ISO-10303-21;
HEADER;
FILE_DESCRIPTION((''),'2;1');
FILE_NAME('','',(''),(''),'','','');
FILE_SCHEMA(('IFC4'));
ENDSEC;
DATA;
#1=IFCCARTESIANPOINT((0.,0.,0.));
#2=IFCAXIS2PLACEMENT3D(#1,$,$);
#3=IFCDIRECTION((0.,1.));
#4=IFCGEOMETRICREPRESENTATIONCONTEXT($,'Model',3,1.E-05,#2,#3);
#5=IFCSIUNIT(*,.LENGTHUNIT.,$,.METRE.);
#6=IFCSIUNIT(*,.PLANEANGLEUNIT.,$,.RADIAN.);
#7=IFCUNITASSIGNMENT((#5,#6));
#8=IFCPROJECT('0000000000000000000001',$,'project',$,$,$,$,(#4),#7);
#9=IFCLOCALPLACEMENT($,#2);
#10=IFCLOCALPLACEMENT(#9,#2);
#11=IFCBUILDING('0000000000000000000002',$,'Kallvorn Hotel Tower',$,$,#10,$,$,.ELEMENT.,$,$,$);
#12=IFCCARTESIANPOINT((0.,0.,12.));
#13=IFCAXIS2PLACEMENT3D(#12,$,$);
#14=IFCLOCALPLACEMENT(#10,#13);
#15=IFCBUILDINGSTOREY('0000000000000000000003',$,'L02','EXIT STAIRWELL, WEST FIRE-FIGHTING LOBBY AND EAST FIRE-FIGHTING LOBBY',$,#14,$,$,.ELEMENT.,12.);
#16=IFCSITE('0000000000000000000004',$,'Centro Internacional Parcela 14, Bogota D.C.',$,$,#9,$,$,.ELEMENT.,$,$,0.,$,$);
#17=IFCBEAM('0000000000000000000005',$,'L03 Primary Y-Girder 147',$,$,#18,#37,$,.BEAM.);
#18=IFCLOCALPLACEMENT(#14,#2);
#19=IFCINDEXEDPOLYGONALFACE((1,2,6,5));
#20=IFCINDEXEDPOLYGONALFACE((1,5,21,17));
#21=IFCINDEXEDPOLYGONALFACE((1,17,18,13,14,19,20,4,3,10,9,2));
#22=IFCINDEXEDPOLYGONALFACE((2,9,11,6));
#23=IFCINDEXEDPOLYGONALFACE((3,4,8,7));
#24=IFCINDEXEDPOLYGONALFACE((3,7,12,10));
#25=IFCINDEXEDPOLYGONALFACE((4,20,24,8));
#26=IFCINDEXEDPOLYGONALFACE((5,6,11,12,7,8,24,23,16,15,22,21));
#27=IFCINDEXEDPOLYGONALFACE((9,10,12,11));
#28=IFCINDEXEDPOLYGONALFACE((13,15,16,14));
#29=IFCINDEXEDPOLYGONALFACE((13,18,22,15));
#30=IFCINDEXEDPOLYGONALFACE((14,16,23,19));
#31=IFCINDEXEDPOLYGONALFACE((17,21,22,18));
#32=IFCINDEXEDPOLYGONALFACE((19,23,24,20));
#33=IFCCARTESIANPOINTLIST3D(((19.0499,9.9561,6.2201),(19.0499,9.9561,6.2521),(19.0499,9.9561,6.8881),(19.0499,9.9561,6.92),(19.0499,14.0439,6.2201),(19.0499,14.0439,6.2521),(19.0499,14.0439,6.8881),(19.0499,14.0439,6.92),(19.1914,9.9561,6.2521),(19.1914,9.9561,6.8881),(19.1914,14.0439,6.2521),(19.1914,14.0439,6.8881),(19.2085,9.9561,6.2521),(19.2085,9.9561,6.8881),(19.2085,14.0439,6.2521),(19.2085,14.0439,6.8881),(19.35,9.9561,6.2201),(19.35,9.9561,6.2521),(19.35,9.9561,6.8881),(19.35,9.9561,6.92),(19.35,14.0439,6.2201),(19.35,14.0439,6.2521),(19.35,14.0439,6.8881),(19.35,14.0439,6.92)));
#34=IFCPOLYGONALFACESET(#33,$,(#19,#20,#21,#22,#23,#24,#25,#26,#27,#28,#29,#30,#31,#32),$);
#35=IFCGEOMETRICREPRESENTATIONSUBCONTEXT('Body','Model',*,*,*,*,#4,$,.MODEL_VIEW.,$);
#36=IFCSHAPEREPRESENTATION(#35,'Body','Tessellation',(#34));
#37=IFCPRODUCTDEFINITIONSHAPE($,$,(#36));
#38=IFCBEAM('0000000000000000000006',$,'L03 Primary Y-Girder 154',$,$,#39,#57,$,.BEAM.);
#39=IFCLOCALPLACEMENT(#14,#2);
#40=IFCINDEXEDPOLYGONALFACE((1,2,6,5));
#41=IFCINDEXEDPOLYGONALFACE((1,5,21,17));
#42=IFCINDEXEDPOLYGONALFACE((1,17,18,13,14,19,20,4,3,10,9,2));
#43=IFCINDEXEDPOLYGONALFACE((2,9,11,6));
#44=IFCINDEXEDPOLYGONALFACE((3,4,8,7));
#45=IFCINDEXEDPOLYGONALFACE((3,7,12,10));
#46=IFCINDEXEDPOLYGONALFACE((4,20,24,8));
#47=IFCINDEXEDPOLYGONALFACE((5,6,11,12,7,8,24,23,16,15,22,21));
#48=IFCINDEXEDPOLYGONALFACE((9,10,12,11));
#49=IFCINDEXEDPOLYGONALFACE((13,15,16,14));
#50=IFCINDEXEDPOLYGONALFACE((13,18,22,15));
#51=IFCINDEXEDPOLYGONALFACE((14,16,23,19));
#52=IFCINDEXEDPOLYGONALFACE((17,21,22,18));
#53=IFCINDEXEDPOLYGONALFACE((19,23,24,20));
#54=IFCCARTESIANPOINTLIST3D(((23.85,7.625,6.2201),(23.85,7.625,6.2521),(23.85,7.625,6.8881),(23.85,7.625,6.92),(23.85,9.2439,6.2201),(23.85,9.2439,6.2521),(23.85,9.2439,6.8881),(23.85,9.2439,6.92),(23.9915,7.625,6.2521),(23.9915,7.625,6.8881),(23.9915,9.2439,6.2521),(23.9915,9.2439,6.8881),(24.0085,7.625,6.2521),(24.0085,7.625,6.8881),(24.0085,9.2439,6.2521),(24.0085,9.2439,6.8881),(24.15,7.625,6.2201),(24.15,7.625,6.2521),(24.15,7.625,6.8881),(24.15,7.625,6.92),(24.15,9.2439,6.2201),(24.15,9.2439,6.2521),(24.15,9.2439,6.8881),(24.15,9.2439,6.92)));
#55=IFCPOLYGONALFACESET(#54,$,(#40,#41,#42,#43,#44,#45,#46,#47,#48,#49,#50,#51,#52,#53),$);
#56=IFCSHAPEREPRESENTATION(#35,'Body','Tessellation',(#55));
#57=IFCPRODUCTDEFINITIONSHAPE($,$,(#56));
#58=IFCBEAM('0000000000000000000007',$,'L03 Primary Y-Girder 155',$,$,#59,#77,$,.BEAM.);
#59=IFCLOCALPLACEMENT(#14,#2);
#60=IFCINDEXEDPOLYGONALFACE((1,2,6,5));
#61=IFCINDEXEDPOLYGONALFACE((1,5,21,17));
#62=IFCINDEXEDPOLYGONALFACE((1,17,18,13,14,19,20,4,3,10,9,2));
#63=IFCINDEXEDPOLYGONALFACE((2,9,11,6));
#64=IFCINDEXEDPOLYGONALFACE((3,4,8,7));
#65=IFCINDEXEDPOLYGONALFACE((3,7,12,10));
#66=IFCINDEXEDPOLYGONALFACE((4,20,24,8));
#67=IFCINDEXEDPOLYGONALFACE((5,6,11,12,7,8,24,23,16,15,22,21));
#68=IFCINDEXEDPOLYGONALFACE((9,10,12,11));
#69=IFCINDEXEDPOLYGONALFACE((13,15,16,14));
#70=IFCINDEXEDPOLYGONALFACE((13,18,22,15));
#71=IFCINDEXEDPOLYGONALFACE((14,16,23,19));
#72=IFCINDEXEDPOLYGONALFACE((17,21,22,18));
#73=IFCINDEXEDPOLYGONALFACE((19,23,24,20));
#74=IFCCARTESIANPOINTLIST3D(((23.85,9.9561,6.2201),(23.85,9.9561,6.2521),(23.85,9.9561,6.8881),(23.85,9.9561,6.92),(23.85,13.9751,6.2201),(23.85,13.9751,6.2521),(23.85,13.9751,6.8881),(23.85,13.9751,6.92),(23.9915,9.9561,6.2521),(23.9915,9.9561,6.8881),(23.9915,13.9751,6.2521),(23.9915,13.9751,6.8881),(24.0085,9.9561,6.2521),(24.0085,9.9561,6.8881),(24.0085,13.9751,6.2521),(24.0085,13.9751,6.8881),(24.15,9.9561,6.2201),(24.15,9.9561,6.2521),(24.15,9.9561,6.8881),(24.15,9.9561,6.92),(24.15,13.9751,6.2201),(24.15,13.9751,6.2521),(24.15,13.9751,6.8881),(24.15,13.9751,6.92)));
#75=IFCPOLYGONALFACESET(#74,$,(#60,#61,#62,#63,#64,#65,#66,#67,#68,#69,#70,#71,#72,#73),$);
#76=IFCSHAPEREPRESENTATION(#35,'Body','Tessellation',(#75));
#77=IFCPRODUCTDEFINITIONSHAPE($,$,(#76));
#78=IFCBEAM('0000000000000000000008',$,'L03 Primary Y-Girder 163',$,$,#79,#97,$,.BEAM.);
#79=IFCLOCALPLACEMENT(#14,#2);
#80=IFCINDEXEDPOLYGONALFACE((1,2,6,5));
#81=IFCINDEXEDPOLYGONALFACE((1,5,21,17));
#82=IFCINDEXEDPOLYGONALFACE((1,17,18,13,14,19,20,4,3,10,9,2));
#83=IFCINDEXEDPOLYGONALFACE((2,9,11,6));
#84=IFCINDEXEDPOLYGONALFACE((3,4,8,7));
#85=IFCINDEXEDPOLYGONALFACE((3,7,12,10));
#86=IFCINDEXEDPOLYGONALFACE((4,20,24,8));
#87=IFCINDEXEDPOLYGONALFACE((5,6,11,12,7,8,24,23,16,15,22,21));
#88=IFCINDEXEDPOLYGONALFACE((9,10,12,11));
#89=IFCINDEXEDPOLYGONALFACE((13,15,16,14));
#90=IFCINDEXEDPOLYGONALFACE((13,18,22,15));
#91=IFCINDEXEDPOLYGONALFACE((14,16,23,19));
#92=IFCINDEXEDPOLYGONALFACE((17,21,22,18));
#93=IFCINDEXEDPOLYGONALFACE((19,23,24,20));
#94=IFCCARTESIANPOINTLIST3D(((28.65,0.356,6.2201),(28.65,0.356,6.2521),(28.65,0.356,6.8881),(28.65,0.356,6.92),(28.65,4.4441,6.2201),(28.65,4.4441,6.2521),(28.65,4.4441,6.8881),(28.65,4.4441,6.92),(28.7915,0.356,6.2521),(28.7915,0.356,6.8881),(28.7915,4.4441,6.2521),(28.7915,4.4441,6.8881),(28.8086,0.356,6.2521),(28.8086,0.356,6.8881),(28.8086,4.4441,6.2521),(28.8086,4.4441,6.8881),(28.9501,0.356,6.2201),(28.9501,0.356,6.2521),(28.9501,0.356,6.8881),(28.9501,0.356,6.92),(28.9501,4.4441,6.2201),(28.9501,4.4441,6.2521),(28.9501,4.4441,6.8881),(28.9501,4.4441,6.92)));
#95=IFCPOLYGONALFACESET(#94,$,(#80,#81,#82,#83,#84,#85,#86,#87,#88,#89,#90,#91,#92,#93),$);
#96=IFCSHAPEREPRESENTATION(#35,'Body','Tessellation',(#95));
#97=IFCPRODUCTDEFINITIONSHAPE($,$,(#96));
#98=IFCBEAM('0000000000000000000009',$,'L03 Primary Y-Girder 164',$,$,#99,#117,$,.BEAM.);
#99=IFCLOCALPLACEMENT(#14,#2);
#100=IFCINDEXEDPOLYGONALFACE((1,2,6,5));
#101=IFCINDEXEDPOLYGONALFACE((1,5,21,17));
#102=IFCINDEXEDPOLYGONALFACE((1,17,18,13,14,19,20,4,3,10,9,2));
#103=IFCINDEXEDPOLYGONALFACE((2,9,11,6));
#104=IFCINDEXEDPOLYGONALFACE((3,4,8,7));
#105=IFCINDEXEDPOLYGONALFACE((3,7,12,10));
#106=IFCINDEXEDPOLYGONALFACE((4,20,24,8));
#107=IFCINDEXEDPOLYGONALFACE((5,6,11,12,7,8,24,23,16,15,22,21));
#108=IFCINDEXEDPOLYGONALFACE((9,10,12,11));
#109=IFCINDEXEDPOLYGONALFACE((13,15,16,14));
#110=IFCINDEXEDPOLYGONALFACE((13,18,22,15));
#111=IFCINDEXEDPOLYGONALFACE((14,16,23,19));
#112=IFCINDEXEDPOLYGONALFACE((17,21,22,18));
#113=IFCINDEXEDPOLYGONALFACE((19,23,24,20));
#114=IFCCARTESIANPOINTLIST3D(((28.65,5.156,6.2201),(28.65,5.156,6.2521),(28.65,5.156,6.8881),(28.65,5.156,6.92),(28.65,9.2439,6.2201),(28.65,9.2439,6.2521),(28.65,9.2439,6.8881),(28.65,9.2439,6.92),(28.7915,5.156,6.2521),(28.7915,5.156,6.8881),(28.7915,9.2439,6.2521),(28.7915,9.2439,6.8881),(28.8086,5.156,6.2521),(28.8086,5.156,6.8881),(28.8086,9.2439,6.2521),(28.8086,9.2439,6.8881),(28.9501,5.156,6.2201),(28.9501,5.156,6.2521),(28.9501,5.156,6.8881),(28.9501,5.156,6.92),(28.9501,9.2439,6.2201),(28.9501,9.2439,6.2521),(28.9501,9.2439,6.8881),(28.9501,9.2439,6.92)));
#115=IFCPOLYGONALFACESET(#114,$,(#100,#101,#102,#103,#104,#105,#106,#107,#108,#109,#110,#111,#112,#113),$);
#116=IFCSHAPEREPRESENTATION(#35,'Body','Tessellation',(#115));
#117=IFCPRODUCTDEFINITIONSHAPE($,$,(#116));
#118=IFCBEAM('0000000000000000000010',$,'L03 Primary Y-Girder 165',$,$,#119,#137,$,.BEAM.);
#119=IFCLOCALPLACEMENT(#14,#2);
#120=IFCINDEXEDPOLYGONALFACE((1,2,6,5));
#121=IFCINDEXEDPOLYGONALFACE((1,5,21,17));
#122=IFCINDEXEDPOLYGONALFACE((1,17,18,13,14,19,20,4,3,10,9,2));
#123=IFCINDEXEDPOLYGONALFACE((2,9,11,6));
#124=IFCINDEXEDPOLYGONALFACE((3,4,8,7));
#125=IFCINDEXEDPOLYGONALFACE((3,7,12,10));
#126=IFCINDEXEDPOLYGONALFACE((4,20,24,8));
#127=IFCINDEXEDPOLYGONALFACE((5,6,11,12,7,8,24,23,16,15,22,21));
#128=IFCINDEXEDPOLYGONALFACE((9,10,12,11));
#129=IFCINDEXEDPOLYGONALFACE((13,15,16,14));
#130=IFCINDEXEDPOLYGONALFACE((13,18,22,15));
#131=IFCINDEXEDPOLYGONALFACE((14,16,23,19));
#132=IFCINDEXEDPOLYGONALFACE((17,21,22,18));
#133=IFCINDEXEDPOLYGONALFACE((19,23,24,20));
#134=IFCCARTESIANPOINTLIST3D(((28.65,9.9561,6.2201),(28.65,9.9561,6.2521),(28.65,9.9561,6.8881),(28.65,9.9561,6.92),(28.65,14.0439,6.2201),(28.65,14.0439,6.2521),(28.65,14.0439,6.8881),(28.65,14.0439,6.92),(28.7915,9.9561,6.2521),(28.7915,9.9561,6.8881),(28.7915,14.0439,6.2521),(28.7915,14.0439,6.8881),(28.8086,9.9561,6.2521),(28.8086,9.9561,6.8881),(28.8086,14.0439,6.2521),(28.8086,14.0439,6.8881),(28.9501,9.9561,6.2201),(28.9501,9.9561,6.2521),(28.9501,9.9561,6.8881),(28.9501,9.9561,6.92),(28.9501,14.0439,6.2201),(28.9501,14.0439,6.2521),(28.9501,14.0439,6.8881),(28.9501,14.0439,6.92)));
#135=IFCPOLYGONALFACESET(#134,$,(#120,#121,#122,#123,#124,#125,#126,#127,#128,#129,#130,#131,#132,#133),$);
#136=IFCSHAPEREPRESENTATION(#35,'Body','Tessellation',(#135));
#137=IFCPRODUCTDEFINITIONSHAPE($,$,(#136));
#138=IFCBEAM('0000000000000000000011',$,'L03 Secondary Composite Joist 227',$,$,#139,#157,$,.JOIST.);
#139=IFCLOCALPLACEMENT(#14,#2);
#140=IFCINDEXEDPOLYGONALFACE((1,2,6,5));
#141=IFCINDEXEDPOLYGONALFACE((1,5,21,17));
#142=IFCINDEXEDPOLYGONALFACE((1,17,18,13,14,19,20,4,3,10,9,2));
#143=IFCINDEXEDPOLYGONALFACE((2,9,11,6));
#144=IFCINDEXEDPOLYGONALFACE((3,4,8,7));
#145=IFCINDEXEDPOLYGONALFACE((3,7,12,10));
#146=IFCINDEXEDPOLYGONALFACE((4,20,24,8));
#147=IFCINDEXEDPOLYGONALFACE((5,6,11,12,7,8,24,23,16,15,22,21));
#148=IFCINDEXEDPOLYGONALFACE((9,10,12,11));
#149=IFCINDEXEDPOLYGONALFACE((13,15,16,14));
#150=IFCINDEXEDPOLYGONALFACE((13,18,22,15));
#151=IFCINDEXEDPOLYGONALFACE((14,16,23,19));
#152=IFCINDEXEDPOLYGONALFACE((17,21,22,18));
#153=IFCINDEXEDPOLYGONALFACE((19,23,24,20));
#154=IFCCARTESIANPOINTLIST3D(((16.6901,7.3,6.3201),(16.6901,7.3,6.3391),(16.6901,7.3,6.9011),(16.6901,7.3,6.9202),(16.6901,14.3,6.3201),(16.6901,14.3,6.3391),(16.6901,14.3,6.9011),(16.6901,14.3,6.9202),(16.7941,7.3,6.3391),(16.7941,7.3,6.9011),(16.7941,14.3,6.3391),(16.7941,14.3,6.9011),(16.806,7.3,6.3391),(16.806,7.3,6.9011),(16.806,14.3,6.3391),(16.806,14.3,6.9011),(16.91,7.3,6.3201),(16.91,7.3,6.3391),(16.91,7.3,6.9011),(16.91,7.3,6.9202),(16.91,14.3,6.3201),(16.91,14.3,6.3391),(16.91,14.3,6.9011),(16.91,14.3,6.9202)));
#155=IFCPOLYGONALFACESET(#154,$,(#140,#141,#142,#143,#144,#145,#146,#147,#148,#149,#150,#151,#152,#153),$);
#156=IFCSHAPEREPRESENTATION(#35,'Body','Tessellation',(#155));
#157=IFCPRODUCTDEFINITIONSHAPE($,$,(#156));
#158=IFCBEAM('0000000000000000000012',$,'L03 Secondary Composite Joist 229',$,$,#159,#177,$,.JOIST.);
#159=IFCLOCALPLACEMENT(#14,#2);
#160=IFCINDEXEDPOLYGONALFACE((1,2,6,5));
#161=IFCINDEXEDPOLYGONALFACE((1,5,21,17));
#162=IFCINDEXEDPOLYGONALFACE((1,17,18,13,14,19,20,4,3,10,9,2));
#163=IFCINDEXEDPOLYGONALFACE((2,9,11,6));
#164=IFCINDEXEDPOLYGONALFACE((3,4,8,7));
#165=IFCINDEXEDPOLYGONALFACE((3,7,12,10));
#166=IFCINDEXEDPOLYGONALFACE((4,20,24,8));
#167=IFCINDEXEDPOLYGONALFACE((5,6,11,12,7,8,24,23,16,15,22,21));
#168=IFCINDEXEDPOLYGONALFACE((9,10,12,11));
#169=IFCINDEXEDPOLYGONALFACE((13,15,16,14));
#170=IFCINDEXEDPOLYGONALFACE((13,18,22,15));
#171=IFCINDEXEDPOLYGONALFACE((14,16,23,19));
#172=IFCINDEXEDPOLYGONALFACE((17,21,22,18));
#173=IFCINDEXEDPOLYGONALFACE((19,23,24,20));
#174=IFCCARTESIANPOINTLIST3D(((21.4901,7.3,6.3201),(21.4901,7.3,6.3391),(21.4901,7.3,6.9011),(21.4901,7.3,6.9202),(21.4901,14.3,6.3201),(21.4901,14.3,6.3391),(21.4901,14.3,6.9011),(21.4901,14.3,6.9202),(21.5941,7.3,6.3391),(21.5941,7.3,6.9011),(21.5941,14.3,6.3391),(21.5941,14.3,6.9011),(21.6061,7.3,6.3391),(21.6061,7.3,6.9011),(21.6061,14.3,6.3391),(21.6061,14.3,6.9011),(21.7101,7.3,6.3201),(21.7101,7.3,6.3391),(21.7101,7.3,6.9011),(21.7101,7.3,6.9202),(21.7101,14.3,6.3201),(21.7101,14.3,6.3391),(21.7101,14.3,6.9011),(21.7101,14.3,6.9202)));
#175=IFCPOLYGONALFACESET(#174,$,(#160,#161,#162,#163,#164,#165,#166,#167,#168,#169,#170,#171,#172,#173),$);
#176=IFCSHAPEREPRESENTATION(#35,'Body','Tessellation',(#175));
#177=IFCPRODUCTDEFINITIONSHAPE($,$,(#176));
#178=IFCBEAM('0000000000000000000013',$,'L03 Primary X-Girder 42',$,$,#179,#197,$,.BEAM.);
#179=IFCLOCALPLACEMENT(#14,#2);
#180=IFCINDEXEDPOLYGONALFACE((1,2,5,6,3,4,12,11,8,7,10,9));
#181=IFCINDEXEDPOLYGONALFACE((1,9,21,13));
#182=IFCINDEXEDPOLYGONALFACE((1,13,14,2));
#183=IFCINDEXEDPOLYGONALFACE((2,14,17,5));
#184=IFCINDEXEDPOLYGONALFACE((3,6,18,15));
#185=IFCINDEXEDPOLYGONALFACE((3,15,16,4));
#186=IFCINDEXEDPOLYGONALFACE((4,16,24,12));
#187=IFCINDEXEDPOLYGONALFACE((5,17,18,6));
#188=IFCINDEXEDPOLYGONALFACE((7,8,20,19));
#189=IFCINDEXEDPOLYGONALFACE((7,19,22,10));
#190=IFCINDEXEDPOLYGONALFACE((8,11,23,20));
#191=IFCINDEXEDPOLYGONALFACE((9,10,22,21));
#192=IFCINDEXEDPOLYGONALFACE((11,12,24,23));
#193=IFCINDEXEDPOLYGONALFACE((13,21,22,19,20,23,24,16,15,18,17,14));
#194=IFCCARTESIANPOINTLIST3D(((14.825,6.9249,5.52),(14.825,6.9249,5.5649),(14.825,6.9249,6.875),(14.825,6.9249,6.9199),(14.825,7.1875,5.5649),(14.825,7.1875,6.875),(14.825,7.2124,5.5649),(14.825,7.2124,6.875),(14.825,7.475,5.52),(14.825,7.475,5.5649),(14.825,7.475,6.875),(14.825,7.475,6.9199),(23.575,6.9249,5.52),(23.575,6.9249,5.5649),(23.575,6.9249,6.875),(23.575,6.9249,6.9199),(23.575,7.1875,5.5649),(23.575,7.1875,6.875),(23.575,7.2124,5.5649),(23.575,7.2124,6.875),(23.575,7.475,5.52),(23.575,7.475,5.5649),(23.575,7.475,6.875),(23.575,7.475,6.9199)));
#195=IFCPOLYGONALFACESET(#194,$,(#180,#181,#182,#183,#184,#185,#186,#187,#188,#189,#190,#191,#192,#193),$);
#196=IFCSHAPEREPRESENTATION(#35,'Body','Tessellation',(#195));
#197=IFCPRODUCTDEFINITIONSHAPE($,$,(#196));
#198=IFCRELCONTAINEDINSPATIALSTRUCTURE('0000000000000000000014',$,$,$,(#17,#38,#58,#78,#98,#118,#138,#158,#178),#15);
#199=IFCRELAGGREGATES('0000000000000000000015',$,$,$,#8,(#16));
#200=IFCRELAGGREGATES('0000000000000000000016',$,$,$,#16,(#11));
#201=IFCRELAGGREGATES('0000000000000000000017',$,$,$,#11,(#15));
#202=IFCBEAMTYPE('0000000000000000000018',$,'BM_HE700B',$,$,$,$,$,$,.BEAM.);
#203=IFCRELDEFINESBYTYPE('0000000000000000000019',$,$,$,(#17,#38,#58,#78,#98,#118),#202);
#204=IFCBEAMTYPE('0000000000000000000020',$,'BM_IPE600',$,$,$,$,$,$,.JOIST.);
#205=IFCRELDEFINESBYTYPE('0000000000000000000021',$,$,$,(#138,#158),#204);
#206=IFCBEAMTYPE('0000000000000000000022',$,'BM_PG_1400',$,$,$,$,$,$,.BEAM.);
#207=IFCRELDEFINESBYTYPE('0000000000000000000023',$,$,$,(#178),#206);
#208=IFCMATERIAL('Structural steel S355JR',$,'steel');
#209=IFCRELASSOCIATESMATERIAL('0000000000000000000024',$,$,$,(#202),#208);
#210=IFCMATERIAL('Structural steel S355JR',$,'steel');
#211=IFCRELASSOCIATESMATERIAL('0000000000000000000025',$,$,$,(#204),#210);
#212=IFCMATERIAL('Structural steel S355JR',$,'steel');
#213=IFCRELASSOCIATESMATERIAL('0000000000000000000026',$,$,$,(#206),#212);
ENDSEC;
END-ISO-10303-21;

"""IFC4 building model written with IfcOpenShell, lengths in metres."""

from ifc_helpers import new_model, si_unit, direction, frame, origin, origin_2d, place, context, subcontext, project, spatial, i_section, extrude, material, material_profile, profile_set, type_object, element, save


model = new_model("IFC4")

# Units and contexts
model_context = context("Model", 3, precision=1e-05, world=origin(), true_north=direction((0.0, 1.0)))
body_context = subcontext(model_context, "Body", "Model", "MODEL_VIEW")
ifc_project = project(units=[si_unit("LENGTHUNIT", "METRE"), si_unit("PLANEANGLEUNIT", "RADIAN")], contexts=[model_context])

# Site, building, storey
site_placement = place(None, origin())
site = spatial("IfcSite", under=ifc_project, at=site_placement, Name="Centro Internacional Parcela 14, Bogota D.C.", CompositionType="ELEMENT", RefElevation=0.0)
building_placement = place(site_placement, origin())
building = spatial("IfcBuilding", under=site, at=building_placement, Name="Kallvorn Hotel Tower", CompositionType="ELEMENT")
storey_placement = place(building_placement, frame((0.0, 0.0, 12.0)))
storey = spatial("IfcBuildingStorey", under=building, at=storey_placement, Name="L02", Description="EXIT STAIRWELL, WEST FIRE-FIGHTING LOBBY AND EAST FIRE-FIGHTING LOBBY", CompositionType="ELEMENT", Elevation=12.0)

# Beams
ifc_material_1 = material(Name="Structural steel S355JR", Category="steel")
ifc_material_profile_1 = material_profile(ifc_material_1, i_section(OverallWidth=0.3, OverallDepth=0.7, WebThickness=0.0171, FlangeThickness=0.032, at=origin_2d()), Name="HE 700 B")
ifc_profile_set_1 = profile_set([ifc_material_profile_1], Name="Structural steel S355JR")
beam_type_1 = type_object("IfcBeamType", Name="BM_HE700B", PredefinedType="BEAM", material=ifc_profile_set_1)
beam_1_placement = place(storey_placement, frame((19.2, 9.9561, 6.5701), z_axis=(0.0, 1.0, 0.0), x_axis=(-1.0, 0.0, 0.0)))
element("IfcBeam", 1, at=beam_1_placement, inside=storey, type_object=beam_type_1, Name="L03 Primary Y-Girder 147", PredefinedType="BEAM", context=body_context, shape_type="SweptSolid", body=[
    extrude(i_section(OverallWidth=0.3, OverallDepth=0.7, WebThickness=0.0171, FlangeThickness=0.032, at=origin_2d()), origin(), (0.0, 0.0, 1.0), 4.0879),
])
beam_2_placement = place(storey_placement, frame((24.0, 7.625, 6.5701), z_axis=(0.0, 1.0, 0.0), x_axis=(-1.0, 0.0, 0.0)))
element("IfcBeam", 2, at=beam_2_placement, inside=storey, type_object=beam_type_1, Name="L03 Primary Y-Girder 154", PredefinedType="BEAM", context=body_context, shape_type="SweptSolid", body=[
    extrude(i_section(OverallWidth=0.3, OverallDepth=0.7, WebThickness=0.0171, FlangeThickness=0.032, at=origin_2d()), origin(), (0.0, 0.0, 1.0), 1.6189),
])
beam_3_placement = place(storey_placement, frame((24.0, 9.9561, 6.5701), z_axis=(0.0, 1.0, 0.0), x_axis=(-1.0, 0.0, 0.0)))
element("IfcBeam", 3, at=beam_3_placement, inside=storey, type_object=beam_type_1, Name="L03 Primary Y-Girder 155", PredefinedType="BEAM", context=body_context, shape_type="SweptSolid", body=[
    extrude(i_section(OverallWidth=0.3, OverallDepth=0.7, WebThickness=0.0171, FlangeThickness=0.032, at=origin_2d()), origin(), (0.0, 0.0, 1.0), 4.019),
])
beam_4_placement = place(storey_placement, frame((28.8, 0.356, 6.5701), z_axis=(0.0, 1.0, 0.0), x_axis=(-1.0, 0.0, 0.0)))
element("IfcBeam", 4, at=beam_4_placement, inside=storey, type_object=beam_type_1, Name="L03 Primary Y-Girder 163", PredefinedType="BEAM", context=body_context, shape_type="SweptSolid", body=[
    extrude(i_section(OverallWidth=0.3, OverallDepth=0.7, WebThickness=0.0171, FlangeThickness=0.032, at=origin_2d()), origin(), (0.0, 0.0, 1.0), 4.0881),
])
for number, where, z_axis, x_axis, name in (
    (5, (28.8, 5.156, 6.5701), (0.0, 1.0, 0.0), (-1.0, 0.0, 0.0), "L03 Primary Y-Girder 164"),
    (6, (28.8, 9.9561, 6.5701), (0.0, 1.0, 0.0), (-1.0, 0.0, 0.0), "L03 Primary Y-Girder 165"),
):
    element("IfcBeam", number, at=place(storey_placement, frame(where, z_axis=z_axis, x_axis=x_axis)), inside=storey, type_object=beam_type_1, Name=name, PredefinedType="BEAM", context=body_context, shape_type="SweptSolid", body=[
        extrude(i_section(OverallWidth=0.3, OverallDepth=0.7, WebThickness=0.0171, FlangeThickness=0.032, at=origin_2d()), origin(), (0.0, 0.0, 1.0), 4.0879),
    ])
ifc_material_2 = material(Name="Structural steel S355JR", Category="steel")
ifc_material_profile_2 = material_profile(ifc_material_2, i_section(OverallWidth=0.22, OverallDepth=0.6001, WebThickness=0.012, FlangeThickness=0.019, at=origin_2d()), Name="IPE 600")
ifc_profile_set_2 = profile_set([ifc_material_profile_2], Name="Structural steel S355JR")
beam_type_2 = type_object("IfcBeamType", Name="BM_IPE600", PredefinedType="JOIST", material=ifc_profile_set_2)
for number, where, z_axis, x_axis, name in (
    (7, (16.8, 7.3, 6.6201), (0.0, 1.0, 0.0), (-1.0, 0.0, 0.0), "L03 Secondary Composite Joist 227"),
    (8, (21.6001, 7.3, 6.6201), (0.0, 1.0, 0.0), (-1.0, 0.0, 0.0), "L03 Secondary Composite Joist 229"),
):
    element("IfcBeam", number, at=place(storey_placement, frame(where, z_axis=z_axis, x_axis=x_axis)), inside=storey, type_object=beam_type_2, Name=name, PredefinedType="JOIST", context=body_context, shape_type="SweptSolid", body=[
        extrude(i_section(OverallWidth=0.22, OverallDepth=0.6001, WebThickness=0.012, FlangeThickness=0.019, at=origin_2d()), origin(), (0.0, 0.0, 1.0), 7.0),
    ])
ifc_material_3 = material(Name="Structural steel S355JR", Category="steel")
ifc_material_profile_3 = material_profile(ifc_material_3, i_section(OverallWidth=0.55, OverallDepth=1.3999, WebThickness=0.0249, FlangeThickness=0.0449, at=origin_2d()), Name="PG 1400x550x25x45")
ifc_profile_set_3 = profile_set([ifc_material_profile_3], Name="Structural steel S355JR")
beam_type_3 = type_object("IfcBeamType", Name="BM_PG_1400", PredefinedType="BEAM", material=ifc_profile_set_3)
beam_5_placement = place(storey_placement, frame((14.825, 7.2, 6.22), z_axis=(1.0, 0.0, 0.0), x_axis=(0.0, 1.0, 0.0)))
element("IfcBeam", 9, at=beam_5_placement, inside=storey, type_object=beam_type_3, Name="L03 Primary X-Girder 42", PredefinedType="BEAM", context=body_context, shape_type="SweptSolid", body=[
    extrude(i_section(OverallWidth=0.55, OverallDepth=1.3999, WebThickness=0.0249, FlangeThickness=0.0449, at=origin_2d()), origin(), (0.0, 0.0, 1.0), 8.75),
])

save(model, "model.ifc")
